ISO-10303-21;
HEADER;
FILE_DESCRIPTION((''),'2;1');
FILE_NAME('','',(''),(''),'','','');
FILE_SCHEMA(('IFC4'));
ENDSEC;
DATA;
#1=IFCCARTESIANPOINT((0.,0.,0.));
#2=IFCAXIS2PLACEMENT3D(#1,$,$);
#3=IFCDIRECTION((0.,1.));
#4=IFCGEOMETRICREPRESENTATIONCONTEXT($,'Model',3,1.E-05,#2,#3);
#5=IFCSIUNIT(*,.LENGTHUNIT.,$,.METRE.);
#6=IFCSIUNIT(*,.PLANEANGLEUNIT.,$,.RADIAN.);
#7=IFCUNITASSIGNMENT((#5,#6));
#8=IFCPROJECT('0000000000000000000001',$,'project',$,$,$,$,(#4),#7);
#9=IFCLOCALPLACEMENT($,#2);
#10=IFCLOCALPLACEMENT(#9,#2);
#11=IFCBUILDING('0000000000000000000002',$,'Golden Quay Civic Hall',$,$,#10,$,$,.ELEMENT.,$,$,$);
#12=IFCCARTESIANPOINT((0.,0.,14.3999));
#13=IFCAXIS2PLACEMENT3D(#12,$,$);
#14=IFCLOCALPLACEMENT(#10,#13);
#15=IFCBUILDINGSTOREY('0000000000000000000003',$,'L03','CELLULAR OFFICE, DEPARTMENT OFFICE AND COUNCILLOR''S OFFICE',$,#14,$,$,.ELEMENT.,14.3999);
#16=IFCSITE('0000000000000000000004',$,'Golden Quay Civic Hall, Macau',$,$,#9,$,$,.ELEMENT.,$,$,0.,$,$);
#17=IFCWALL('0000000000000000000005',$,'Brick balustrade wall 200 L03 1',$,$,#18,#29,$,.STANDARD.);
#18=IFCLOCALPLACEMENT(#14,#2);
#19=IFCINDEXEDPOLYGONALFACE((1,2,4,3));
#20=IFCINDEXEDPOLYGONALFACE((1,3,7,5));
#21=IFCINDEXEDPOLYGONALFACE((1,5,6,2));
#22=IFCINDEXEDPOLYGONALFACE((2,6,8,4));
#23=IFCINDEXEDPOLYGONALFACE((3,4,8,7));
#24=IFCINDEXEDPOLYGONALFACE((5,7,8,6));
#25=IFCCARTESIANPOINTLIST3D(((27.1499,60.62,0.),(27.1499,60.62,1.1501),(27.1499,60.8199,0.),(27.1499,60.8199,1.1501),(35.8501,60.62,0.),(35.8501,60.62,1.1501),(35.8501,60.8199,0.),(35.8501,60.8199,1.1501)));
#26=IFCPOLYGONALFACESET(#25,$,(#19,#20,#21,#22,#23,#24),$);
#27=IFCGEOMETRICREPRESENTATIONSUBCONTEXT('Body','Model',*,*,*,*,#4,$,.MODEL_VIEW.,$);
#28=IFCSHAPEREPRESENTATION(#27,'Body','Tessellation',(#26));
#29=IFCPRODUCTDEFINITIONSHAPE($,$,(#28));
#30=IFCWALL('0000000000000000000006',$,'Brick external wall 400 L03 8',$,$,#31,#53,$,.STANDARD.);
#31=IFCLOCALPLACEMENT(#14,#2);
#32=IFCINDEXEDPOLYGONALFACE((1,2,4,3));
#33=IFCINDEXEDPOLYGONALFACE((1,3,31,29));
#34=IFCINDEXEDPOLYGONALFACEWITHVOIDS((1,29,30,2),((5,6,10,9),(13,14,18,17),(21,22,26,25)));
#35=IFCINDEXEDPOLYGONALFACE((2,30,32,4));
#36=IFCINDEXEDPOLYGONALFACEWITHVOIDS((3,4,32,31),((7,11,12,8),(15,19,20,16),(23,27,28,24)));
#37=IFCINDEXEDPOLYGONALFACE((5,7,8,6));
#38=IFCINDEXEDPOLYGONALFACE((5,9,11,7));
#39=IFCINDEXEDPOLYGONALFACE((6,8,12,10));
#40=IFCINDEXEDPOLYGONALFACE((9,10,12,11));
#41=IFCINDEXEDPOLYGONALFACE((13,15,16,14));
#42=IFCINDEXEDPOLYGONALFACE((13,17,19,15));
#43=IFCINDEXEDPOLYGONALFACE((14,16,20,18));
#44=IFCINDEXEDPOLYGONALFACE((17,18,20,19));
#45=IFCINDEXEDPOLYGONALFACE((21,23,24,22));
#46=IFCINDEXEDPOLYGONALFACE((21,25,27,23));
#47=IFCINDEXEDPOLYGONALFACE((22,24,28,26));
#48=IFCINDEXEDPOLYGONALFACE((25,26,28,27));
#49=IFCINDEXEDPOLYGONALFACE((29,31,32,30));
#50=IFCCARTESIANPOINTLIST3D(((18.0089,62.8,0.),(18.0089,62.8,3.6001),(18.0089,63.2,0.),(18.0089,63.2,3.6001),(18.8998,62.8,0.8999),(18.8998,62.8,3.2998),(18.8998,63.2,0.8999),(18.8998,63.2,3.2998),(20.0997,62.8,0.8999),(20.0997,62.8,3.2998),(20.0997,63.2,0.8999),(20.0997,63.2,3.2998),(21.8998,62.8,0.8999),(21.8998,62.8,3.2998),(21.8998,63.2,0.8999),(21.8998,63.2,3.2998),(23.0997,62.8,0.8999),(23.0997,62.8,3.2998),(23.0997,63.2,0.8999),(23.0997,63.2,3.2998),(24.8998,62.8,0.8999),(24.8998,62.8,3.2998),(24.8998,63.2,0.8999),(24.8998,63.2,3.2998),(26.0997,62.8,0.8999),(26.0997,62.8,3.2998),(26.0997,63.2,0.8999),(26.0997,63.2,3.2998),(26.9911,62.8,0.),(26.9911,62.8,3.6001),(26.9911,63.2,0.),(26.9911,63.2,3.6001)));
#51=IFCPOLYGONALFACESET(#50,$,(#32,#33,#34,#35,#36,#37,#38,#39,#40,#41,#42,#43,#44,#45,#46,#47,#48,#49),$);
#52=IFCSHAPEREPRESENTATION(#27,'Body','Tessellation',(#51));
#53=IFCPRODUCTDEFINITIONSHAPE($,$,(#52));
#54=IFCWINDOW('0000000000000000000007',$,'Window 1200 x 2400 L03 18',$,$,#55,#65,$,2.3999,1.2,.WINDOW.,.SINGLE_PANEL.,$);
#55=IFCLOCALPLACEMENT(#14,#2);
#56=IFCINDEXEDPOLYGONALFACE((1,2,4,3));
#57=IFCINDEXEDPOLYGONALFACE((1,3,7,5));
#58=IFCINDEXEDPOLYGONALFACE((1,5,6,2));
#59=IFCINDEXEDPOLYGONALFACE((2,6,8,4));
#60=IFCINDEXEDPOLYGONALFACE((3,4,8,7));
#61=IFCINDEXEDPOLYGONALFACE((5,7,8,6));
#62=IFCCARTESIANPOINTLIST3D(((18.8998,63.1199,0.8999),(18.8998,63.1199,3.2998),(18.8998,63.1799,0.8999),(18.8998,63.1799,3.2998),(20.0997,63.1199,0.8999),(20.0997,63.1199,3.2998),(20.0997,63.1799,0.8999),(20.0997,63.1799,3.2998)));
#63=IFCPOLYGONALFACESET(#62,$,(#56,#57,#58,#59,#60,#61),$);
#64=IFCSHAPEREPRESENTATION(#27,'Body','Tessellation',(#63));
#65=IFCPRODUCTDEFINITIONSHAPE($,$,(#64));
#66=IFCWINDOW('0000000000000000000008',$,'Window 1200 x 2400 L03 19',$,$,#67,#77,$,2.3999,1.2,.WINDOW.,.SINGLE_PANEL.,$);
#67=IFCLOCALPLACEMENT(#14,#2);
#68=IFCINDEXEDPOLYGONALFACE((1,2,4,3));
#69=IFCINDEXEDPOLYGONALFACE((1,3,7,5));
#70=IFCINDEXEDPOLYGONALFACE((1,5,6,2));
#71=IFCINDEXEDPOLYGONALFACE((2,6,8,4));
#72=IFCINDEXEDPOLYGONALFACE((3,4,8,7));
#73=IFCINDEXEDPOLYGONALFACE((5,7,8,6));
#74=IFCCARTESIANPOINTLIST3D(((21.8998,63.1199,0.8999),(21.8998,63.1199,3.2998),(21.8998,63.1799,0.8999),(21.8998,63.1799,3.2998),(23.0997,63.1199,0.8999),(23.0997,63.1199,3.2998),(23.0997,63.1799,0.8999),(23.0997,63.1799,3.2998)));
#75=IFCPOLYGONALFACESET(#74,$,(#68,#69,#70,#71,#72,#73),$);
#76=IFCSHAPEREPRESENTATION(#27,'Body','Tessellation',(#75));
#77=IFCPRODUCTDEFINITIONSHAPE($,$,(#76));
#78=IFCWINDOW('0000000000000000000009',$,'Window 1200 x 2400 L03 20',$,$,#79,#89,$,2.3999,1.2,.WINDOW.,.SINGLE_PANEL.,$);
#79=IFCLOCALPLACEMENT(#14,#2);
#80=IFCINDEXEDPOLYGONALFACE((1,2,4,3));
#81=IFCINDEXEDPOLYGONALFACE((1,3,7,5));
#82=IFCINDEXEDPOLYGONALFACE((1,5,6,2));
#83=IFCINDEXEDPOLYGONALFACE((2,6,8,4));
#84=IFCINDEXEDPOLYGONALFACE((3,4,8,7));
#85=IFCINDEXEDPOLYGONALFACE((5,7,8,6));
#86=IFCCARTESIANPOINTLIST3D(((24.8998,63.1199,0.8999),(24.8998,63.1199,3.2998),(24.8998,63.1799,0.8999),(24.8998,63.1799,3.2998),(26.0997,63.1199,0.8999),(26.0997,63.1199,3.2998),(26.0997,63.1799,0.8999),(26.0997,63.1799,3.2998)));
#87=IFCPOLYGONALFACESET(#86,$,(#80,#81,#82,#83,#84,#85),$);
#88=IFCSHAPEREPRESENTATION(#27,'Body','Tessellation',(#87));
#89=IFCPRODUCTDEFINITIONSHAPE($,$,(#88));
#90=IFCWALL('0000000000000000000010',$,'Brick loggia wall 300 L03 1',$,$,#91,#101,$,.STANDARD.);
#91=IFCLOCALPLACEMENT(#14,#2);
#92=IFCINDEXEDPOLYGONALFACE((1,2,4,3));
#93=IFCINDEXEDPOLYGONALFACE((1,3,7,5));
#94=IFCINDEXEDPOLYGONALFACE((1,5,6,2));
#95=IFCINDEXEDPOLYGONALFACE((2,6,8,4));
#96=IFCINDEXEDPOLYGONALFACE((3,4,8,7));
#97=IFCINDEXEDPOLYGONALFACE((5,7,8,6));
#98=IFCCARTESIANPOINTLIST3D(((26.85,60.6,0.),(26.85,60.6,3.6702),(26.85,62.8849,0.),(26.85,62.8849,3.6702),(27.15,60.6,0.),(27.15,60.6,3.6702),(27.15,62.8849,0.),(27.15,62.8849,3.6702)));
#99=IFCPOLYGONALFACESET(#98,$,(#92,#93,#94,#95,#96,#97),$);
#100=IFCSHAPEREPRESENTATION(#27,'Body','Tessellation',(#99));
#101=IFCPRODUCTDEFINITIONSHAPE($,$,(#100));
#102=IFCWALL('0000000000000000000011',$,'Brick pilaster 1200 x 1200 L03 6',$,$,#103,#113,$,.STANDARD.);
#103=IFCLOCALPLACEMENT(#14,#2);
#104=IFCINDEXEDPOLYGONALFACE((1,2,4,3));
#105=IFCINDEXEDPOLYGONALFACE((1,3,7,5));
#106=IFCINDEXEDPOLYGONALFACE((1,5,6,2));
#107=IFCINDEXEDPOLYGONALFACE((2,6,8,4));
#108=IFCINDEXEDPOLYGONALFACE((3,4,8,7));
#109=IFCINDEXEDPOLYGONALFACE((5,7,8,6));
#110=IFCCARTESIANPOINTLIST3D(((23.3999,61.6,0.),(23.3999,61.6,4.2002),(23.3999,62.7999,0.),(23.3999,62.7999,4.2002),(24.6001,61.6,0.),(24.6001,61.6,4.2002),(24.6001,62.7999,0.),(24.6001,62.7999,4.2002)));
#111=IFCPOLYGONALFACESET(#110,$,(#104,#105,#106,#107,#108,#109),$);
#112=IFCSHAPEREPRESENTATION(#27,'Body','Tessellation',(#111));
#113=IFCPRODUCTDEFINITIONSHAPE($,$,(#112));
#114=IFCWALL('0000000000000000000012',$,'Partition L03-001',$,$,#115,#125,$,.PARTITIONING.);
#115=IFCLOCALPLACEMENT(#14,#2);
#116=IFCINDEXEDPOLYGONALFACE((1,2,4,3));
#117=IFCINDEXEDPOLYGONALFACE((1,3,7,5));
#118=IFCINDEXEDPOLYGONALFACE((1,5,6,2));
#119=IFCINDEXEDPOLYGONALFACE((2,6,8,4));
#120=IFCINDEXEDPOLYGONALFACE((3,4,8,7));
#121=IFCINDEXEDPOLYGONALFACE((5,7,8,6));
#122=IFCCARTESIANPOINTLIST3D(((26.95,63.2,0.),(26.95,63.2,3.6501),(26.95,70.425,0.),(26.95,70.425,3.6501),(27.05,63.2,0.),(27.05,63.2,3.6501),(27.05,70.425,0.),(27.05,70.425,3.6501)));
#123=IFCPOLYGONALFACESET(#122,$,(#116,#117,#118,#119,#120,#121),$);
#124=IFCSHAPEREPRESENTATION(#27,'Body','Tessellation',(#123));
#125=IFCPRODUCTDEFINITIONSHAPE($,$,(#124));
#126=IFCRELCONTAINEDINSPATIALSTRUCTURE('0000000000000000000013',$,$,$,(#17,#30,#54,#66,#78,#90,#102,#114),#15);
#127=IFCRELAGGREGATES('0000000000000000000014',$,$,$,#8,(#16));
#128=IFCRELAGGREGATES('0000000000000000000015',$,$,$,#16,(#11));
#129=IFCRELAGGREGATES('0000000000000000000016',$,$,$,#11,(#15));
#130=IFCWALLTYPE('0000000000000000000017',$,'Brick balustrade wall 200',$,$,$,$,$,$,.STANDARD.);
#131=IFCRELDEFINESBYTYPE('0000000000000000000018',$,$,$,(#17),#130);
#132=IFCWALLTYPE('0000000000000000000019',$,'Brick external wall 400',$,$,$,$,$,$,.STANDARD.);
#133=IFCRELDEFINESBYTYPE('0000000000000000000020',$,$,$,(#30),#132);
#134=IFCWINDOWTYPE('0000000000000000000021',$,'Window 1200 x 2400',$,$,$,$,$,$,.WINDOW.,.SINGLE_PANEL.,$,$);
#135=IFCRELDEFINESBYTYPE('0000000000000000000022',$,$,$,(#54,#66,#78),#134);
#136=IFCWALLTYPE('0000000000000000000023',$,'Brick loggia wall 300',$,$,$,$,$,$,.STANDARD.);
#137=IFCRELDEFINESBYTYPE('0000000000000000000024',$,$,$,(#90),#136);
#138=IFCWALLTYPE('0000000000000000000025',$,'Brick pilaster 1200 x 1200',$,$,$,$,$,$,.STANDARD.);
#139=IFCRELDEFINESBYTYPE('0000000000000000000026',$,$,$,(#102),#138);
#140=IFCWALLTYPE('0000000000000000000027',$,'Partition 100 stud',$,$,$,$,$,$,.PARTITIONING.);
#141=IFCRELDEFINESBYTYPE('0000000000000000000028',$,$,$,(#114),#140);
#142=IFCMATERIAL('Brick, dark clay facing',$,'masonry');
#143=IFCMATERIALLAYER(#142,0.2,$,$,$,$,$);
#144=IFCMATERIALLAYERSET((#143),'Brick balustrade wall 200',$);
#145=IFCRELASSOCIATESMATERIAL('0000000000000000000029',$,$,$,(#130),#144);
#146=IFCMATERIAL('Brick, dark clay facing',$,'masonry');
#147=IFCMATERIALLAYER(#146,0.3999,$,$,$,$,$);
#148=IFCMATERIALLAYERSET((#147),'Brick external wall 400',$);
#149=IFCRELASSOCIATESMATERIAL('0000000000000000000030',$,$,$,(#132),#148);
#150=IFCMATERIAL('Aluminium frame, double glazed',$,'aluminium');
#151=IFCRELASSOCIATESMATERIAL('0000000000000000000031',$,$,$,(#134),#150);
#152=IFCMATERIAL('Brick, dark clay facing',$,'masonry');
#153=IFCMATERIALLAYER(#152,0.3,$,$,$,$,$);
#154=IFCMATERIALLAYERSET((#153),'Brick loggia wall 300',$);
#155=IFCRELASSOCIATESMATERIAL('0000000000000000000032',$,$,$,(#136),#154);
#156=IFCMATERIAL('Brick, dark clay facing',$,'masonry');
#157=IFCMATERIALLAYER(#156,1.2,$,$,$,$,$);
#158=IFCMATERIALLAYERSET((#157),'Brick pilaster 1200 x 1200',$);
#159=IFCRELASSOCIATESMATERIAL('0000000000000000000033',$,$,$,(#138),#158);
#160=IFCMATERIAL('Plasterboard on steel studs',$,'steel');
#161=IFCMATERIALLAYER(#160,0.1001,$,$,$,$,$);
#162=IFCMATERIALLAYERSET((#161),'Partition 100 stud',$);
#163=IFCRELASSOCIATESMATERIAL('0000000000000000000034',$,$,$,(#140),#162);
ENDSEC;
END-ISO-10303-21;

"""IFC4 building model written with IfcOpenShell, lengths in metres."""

from ifc_helpers import new_model, si_unit, direction, frame, frame_2d, origin, place, context, subcontext, project, spatial, rectangle, extrude, material, layer, layer_set, type_object, element, fill, save


model = new_model("IFC4")

# Units and contexts
model_context = context("Model", 3, precision=1e-05, world=origin(), true_north=direction((0.0, 1.0)))
body_context = subcontext(model_context, "Body", "Model", "MODEL_VIEW")
ifc_project = project(units=[si_unit("LENGTHUNIT", "METRE"), si_unit("PLANEANGLEUNIT", "RADIAN")], contexts=[model_context])

# Site, building, storey
site_placement = place(None, origin())
site = spatial("IfcSite", under=ifc_project, at=site_placement, Name="Golden Quay Civic Hall, Macau", CompositionType="ELEMENT", RefElevation=0.0)
building_placement = place(site_placement, origin())
building = spatial("IfcBuilding", under=site, at=building_placement, Name="Golden Quay Civic Hall", CompositionType="ELEMENT")
storey_placement = place(building_placement, frame((0.0, 0.0, 14.3999)))
storey = spatial("IfcBuildingStorey", under=building, at=storey_placement, Name="L03", Description="CELLULAR OFFICE, DEPARTMENT OFFICE AND COUNCILLOR'S OFFICE", CompositionType="ELEMENT", Elevation=14.3999)

# Wall
ifc_material_1 = material(Name="Brick, dark clay facing", Category="masonry")
ifc_layer_1 = layer(ifc_material_1, 0.2)
ifc_layer_set_1 = layer_set([ifc_layer_1], Name="Brick balustrade wall 200")
wall_type_1 = type_object("IfcWallType", Name="Brick balustrade wall 200", PredefinedType="STANDARD", material=ifc_layer_set_1)
wall_1_placement = place(storey_placement, frame((27.1499, 60.72, 0.0), z_axis=(0.0, 0.0, 1.0), x_axis=(1.0, 0.0, 0.0)))
element("IfcWall", 1, at=wall_1_placement, inside=storey, type_object=wall_type_1, Name="Brick balustrade wall 200 L03 1", PredefinedType="STANDARD", context=body_context, shape_type="SweptSolid", body=[
    extrude(rectangle(XDim=8.7002, YDim=0.2, at=frame_2d((4.3501, 0.0))), origin(), (0.0, 0.0, 1.0), 1.1501),
])

# Wall, openings, windows
ifc_material_2 = material(Name="Brick, dark clay facing", Category="masonry")
ifc_layer_2 = layer(ifc_material_2, 0.3999)
ifc_layer_set_2 = layer_set([ifc_layer_2], Name="Brick external wall 400")
wall_type_2 = type_object("IfcWallType", Name="Brick external wall 400", PredefinedType="STANDARD", material=ifc_layer_set_2)
wall_2_placement = place(storey_placement, frame((26.9912, 63.0, 0.0), z_axis=(0.0, 0.0, 1.0), x_axis=(-1.0, 0.0, 0.0)))
wall_2 = element("IfcWall", 2, at=wall_2_placement, inside=storey, type_object=wall_type_2, Name="Brick external wall 400 L03 8", PredefinedType="STANDARD", context=body_context, shape_type="SweptSolid", body=[
    extrude(rectangle(XDim=8.9822, YDim=0.3999, at=frame_2d((4.4912, 0.0))), origin(), (0.0, 0.0, 1.0), 3.6001),
])
opening_1_placement = place(wall_2_placement, frame((6.8914, 0.0, 0.8999)))
opening_1 = element("IfcOpeningElement", 3, at=opening_1_placement, cuts=wall_2, PredefinedType="OPENING", context=body_context, shape_type="SweptSolid", body=[
    extrude(rectangle(XDim=1.2, YDim=2.3999, at=frame_2d((0.6001, 1.2))), frame((0.0, 0.21, 0.0), z_axis=(0.0, -1.0, 0.0), x_axis=(1.0, 0.0, 0.0)), (0.0, 0.0, 1.0), 0.4199),
])
opening_2_placement = place(wall_2_placement, frame((3.8914, 0.0, 0.8999)))
opening_2 = element("IfcOpeningElement", 4, at=opening_2_placement, cuts=wall_2, PredefinedType="OPENING", context=body_context, shape_type="SweptSolid", body=[
    extrude(rectangle(XDim=1.2, YDim=2.3999, at=frame_2d((0.6001, 1.2))), frame((0.0, 0.21, 0.0), z_axis=(0.0, -1.0, 0.0), x_axis=(1.0, 0.0, 0.0)), (0.0, 0.0, 1.0), 0.4199),
])
opening_3_placement = place(wall_2_placement, frame((0.8914, 0.0, 0.8999)))
opening_3 = element("IfcOpeningElement", 5, at=opening_3_placement, cuts=wall_2, PredefinedType="OPENING", context=body_context, shape_type="SweptSolid", body=[
    extrude(rectangle(XDim=1.2, YDim=2.3999, at=frame_2d((0.6001, 1.2))), frame((0.0, 0.21, 0.0), z_axis=(0.0, -1.0, 0.0), x_axis=(1.0, 0.0, 0.0)), (0.0, 0.0, 1.0), 0.4199),
])
ifc_material_3 = material(Name="Aluminium frame, double glazed", Category="aluminium")
window_type = type_object("IfcWindowType", Name="Window 1200 x 2400", PartitioningType="SINGLE_PANEL", PredefinedType="WINDOW", material=ifc_material_3)
window_1_placement = place(opening_1_placement, origin())
window_1 = element("IfcWindow", 6, at=window_1_placement, inside=storey, type_object=window_type, Name="Window 1200 x 2400 L03 18", OverallHeight=2.3999, OverallWidth=1.2, PartitioningType="SINGLE_PANEL", PredefinedType="WINDOW", context=body_context, shape_type="SweptSolid", body=[
    extrude(rectangle(XDim=1.2, YDim=2.3999, at=frame_2d((0.6001, 1.2))), frame((0.0, -0.1199, 0.0), z_axis=(0.0, -1.0, 0.0), x_axis=(1.0, 0.0, 0.0)), (0.0, 0.0, 1.0), 0.0601),
])
fill(opening_1, window_1)
window_2_placement = place(opening_2_placement, origin())
window_2 = element("IfcWindow", 7, at=window_2_placement, inside=storey, type_object=window_type, Name="Window 1200 x 2400 L03 19", OverallHeight=2.3999, OverallWidth=1.2, PartitioningType="SINGLE_PANEL", PredefinedType="WINDOW", context=body_context, shape_type="SweptSolid", body=[
    extrude(rectangle(XDim=1.2, YDim=2.3999, at=frame_2d((0.6001, 1.2))), frame((0.0, -0.1199, 0.0), z_axis=(0.0, -1.0, 0.0), x_axis=(1.0, 0.0, 0.0)), (0.0, 0.0, 1.0), 0.0601),
])
fill(opening_2, window_2)
window_3_placement = place(opening_3_placement, origin())
window_3 = element("IfcWindow", 8, at=window_3_placement, inside=storey, type_object=window_type, Name="Window 1200 x 2400 L03 20", OverallHeight=2.3999, OverallWidth=1.2, PartitioningType="SINGLE_PANEL", PredefinedType="WINDOW", context=body_context, shape_type="SweptSolid", body=[
    extrude(rectangle(XDim=1.2, YDim=2.3999, at=frame_2d((0.6001, 1.2))), frame((0.0, -0.1199, 0.0), z_axis=(0.0, -1.0, 0.0), x_axis=(1.0, 0.0, 0.0)), (0.0, 0.0, 1.0), 0.0601),
])
fill(opening_3, window_3)

# Walls
ifc_material_4 = material(Name="Brick, dark clay facing", Category="masonry")
ifc_layer_3 = layer(ifc_material_4, 0.3)
ifc_layer_set_3 = layer_set([ifc_layer_3], Name="Brick loggia wall 300")
wall_type_3 = type_object("IfcWallType", Name="Brick loggia wall 300", PredefinedType="STANDARD", material=ifc_layer_set_3)
wall_3_placement = place(storey_placement, frame((27.0, 62.885, 0.0), z_axis=(0.0, 0.0, 1.0), x_axis=(0.0, -1.0, 0.0)))
element("IfcWall", 9, at=wall_3_placement, inside=storey, type_object=wall_type_3, Name="Brick loggia wall 300 L03 1", PredefinedType="STANDARD", context=body_context, shape_type="SweptSolid", body=[
    extrude(rectangle(XDim=2.2849, YDim=0.3, at=frame_2d((1.1426, 0.0))), origin(), (0.0, 0.0, 1.0), 3.6702),
])
ifc_material_5 = material(Name="Brick, dark clay facing", Category="masonry")
ifc_layer_4 = layer(ifc_material_5, 1.2)
ifc_layer_set_4 = layer_set([ifc_layer_4], Name="Brick pilaster 1200 x 1200")
wall_type_4 = type_object("IfcWallType", Name="Brick pilaster 1200 x 1200", PredefinedType="STANDARD", material=ifc_layer_set_4)
wall_4_placement = place(storey_placement, frame((23.3999, 62.2, 0.0), z_axis=(0.0, 0.0, 1.0), x_axis=(1.0, 0.0, 0.0)))
element("IfcWall", 10, at=wall_4_placement, inside=storey, type_object=wall_type_4, Name="Brick pilaster 1200 x 1200 L03 6", PredefinedType="STANDARD", context=body_context, shape_type="SweptSolid", body=[
    extrude(rectangle(XDim=1.2002, YDim=1.2, at=frame_2d((0.6001, 0.0))), origin(), (0.0, 0.0, 1.0), 4.2002),
])
ifc_material_6 = material(Name="Plasterboard on steel studs", Category="steel")
ifc_layer_5 = layer(ifc_material_6, 0.1001)
ifc_layer_set_5 = layer_set([ifc_layer_5], Name="Partition 100 stud")
wall_type_5 = type_object("IfcWallType", Name="Partition 100 stud", PredefinedType="PARTITIONING", material=ifc_layer_set_5)
wall_5_placement = place(storey_placement, frame((27.0, 63.2, 0.0), z_axis=(0.0, 0.0, 1.0), x_axis=(0.0, 1.0, 0.0)))
element("IfcWall", 11, at=wall_5_placement, inside=storey, type_object=wall_type_5, Name="Partition L03-001", PredefinedType="PARTITIONING", context=body_context, shape_type="SweptSolid", body=[
    extrude(rectangle(XDim=7.2251, YDim=0.1001, at=frame_2d((3.6125, 0.0))), origin(), (0.0, 0.0, 1.0), 3.6501),
])

save(model, "model.ifc")
